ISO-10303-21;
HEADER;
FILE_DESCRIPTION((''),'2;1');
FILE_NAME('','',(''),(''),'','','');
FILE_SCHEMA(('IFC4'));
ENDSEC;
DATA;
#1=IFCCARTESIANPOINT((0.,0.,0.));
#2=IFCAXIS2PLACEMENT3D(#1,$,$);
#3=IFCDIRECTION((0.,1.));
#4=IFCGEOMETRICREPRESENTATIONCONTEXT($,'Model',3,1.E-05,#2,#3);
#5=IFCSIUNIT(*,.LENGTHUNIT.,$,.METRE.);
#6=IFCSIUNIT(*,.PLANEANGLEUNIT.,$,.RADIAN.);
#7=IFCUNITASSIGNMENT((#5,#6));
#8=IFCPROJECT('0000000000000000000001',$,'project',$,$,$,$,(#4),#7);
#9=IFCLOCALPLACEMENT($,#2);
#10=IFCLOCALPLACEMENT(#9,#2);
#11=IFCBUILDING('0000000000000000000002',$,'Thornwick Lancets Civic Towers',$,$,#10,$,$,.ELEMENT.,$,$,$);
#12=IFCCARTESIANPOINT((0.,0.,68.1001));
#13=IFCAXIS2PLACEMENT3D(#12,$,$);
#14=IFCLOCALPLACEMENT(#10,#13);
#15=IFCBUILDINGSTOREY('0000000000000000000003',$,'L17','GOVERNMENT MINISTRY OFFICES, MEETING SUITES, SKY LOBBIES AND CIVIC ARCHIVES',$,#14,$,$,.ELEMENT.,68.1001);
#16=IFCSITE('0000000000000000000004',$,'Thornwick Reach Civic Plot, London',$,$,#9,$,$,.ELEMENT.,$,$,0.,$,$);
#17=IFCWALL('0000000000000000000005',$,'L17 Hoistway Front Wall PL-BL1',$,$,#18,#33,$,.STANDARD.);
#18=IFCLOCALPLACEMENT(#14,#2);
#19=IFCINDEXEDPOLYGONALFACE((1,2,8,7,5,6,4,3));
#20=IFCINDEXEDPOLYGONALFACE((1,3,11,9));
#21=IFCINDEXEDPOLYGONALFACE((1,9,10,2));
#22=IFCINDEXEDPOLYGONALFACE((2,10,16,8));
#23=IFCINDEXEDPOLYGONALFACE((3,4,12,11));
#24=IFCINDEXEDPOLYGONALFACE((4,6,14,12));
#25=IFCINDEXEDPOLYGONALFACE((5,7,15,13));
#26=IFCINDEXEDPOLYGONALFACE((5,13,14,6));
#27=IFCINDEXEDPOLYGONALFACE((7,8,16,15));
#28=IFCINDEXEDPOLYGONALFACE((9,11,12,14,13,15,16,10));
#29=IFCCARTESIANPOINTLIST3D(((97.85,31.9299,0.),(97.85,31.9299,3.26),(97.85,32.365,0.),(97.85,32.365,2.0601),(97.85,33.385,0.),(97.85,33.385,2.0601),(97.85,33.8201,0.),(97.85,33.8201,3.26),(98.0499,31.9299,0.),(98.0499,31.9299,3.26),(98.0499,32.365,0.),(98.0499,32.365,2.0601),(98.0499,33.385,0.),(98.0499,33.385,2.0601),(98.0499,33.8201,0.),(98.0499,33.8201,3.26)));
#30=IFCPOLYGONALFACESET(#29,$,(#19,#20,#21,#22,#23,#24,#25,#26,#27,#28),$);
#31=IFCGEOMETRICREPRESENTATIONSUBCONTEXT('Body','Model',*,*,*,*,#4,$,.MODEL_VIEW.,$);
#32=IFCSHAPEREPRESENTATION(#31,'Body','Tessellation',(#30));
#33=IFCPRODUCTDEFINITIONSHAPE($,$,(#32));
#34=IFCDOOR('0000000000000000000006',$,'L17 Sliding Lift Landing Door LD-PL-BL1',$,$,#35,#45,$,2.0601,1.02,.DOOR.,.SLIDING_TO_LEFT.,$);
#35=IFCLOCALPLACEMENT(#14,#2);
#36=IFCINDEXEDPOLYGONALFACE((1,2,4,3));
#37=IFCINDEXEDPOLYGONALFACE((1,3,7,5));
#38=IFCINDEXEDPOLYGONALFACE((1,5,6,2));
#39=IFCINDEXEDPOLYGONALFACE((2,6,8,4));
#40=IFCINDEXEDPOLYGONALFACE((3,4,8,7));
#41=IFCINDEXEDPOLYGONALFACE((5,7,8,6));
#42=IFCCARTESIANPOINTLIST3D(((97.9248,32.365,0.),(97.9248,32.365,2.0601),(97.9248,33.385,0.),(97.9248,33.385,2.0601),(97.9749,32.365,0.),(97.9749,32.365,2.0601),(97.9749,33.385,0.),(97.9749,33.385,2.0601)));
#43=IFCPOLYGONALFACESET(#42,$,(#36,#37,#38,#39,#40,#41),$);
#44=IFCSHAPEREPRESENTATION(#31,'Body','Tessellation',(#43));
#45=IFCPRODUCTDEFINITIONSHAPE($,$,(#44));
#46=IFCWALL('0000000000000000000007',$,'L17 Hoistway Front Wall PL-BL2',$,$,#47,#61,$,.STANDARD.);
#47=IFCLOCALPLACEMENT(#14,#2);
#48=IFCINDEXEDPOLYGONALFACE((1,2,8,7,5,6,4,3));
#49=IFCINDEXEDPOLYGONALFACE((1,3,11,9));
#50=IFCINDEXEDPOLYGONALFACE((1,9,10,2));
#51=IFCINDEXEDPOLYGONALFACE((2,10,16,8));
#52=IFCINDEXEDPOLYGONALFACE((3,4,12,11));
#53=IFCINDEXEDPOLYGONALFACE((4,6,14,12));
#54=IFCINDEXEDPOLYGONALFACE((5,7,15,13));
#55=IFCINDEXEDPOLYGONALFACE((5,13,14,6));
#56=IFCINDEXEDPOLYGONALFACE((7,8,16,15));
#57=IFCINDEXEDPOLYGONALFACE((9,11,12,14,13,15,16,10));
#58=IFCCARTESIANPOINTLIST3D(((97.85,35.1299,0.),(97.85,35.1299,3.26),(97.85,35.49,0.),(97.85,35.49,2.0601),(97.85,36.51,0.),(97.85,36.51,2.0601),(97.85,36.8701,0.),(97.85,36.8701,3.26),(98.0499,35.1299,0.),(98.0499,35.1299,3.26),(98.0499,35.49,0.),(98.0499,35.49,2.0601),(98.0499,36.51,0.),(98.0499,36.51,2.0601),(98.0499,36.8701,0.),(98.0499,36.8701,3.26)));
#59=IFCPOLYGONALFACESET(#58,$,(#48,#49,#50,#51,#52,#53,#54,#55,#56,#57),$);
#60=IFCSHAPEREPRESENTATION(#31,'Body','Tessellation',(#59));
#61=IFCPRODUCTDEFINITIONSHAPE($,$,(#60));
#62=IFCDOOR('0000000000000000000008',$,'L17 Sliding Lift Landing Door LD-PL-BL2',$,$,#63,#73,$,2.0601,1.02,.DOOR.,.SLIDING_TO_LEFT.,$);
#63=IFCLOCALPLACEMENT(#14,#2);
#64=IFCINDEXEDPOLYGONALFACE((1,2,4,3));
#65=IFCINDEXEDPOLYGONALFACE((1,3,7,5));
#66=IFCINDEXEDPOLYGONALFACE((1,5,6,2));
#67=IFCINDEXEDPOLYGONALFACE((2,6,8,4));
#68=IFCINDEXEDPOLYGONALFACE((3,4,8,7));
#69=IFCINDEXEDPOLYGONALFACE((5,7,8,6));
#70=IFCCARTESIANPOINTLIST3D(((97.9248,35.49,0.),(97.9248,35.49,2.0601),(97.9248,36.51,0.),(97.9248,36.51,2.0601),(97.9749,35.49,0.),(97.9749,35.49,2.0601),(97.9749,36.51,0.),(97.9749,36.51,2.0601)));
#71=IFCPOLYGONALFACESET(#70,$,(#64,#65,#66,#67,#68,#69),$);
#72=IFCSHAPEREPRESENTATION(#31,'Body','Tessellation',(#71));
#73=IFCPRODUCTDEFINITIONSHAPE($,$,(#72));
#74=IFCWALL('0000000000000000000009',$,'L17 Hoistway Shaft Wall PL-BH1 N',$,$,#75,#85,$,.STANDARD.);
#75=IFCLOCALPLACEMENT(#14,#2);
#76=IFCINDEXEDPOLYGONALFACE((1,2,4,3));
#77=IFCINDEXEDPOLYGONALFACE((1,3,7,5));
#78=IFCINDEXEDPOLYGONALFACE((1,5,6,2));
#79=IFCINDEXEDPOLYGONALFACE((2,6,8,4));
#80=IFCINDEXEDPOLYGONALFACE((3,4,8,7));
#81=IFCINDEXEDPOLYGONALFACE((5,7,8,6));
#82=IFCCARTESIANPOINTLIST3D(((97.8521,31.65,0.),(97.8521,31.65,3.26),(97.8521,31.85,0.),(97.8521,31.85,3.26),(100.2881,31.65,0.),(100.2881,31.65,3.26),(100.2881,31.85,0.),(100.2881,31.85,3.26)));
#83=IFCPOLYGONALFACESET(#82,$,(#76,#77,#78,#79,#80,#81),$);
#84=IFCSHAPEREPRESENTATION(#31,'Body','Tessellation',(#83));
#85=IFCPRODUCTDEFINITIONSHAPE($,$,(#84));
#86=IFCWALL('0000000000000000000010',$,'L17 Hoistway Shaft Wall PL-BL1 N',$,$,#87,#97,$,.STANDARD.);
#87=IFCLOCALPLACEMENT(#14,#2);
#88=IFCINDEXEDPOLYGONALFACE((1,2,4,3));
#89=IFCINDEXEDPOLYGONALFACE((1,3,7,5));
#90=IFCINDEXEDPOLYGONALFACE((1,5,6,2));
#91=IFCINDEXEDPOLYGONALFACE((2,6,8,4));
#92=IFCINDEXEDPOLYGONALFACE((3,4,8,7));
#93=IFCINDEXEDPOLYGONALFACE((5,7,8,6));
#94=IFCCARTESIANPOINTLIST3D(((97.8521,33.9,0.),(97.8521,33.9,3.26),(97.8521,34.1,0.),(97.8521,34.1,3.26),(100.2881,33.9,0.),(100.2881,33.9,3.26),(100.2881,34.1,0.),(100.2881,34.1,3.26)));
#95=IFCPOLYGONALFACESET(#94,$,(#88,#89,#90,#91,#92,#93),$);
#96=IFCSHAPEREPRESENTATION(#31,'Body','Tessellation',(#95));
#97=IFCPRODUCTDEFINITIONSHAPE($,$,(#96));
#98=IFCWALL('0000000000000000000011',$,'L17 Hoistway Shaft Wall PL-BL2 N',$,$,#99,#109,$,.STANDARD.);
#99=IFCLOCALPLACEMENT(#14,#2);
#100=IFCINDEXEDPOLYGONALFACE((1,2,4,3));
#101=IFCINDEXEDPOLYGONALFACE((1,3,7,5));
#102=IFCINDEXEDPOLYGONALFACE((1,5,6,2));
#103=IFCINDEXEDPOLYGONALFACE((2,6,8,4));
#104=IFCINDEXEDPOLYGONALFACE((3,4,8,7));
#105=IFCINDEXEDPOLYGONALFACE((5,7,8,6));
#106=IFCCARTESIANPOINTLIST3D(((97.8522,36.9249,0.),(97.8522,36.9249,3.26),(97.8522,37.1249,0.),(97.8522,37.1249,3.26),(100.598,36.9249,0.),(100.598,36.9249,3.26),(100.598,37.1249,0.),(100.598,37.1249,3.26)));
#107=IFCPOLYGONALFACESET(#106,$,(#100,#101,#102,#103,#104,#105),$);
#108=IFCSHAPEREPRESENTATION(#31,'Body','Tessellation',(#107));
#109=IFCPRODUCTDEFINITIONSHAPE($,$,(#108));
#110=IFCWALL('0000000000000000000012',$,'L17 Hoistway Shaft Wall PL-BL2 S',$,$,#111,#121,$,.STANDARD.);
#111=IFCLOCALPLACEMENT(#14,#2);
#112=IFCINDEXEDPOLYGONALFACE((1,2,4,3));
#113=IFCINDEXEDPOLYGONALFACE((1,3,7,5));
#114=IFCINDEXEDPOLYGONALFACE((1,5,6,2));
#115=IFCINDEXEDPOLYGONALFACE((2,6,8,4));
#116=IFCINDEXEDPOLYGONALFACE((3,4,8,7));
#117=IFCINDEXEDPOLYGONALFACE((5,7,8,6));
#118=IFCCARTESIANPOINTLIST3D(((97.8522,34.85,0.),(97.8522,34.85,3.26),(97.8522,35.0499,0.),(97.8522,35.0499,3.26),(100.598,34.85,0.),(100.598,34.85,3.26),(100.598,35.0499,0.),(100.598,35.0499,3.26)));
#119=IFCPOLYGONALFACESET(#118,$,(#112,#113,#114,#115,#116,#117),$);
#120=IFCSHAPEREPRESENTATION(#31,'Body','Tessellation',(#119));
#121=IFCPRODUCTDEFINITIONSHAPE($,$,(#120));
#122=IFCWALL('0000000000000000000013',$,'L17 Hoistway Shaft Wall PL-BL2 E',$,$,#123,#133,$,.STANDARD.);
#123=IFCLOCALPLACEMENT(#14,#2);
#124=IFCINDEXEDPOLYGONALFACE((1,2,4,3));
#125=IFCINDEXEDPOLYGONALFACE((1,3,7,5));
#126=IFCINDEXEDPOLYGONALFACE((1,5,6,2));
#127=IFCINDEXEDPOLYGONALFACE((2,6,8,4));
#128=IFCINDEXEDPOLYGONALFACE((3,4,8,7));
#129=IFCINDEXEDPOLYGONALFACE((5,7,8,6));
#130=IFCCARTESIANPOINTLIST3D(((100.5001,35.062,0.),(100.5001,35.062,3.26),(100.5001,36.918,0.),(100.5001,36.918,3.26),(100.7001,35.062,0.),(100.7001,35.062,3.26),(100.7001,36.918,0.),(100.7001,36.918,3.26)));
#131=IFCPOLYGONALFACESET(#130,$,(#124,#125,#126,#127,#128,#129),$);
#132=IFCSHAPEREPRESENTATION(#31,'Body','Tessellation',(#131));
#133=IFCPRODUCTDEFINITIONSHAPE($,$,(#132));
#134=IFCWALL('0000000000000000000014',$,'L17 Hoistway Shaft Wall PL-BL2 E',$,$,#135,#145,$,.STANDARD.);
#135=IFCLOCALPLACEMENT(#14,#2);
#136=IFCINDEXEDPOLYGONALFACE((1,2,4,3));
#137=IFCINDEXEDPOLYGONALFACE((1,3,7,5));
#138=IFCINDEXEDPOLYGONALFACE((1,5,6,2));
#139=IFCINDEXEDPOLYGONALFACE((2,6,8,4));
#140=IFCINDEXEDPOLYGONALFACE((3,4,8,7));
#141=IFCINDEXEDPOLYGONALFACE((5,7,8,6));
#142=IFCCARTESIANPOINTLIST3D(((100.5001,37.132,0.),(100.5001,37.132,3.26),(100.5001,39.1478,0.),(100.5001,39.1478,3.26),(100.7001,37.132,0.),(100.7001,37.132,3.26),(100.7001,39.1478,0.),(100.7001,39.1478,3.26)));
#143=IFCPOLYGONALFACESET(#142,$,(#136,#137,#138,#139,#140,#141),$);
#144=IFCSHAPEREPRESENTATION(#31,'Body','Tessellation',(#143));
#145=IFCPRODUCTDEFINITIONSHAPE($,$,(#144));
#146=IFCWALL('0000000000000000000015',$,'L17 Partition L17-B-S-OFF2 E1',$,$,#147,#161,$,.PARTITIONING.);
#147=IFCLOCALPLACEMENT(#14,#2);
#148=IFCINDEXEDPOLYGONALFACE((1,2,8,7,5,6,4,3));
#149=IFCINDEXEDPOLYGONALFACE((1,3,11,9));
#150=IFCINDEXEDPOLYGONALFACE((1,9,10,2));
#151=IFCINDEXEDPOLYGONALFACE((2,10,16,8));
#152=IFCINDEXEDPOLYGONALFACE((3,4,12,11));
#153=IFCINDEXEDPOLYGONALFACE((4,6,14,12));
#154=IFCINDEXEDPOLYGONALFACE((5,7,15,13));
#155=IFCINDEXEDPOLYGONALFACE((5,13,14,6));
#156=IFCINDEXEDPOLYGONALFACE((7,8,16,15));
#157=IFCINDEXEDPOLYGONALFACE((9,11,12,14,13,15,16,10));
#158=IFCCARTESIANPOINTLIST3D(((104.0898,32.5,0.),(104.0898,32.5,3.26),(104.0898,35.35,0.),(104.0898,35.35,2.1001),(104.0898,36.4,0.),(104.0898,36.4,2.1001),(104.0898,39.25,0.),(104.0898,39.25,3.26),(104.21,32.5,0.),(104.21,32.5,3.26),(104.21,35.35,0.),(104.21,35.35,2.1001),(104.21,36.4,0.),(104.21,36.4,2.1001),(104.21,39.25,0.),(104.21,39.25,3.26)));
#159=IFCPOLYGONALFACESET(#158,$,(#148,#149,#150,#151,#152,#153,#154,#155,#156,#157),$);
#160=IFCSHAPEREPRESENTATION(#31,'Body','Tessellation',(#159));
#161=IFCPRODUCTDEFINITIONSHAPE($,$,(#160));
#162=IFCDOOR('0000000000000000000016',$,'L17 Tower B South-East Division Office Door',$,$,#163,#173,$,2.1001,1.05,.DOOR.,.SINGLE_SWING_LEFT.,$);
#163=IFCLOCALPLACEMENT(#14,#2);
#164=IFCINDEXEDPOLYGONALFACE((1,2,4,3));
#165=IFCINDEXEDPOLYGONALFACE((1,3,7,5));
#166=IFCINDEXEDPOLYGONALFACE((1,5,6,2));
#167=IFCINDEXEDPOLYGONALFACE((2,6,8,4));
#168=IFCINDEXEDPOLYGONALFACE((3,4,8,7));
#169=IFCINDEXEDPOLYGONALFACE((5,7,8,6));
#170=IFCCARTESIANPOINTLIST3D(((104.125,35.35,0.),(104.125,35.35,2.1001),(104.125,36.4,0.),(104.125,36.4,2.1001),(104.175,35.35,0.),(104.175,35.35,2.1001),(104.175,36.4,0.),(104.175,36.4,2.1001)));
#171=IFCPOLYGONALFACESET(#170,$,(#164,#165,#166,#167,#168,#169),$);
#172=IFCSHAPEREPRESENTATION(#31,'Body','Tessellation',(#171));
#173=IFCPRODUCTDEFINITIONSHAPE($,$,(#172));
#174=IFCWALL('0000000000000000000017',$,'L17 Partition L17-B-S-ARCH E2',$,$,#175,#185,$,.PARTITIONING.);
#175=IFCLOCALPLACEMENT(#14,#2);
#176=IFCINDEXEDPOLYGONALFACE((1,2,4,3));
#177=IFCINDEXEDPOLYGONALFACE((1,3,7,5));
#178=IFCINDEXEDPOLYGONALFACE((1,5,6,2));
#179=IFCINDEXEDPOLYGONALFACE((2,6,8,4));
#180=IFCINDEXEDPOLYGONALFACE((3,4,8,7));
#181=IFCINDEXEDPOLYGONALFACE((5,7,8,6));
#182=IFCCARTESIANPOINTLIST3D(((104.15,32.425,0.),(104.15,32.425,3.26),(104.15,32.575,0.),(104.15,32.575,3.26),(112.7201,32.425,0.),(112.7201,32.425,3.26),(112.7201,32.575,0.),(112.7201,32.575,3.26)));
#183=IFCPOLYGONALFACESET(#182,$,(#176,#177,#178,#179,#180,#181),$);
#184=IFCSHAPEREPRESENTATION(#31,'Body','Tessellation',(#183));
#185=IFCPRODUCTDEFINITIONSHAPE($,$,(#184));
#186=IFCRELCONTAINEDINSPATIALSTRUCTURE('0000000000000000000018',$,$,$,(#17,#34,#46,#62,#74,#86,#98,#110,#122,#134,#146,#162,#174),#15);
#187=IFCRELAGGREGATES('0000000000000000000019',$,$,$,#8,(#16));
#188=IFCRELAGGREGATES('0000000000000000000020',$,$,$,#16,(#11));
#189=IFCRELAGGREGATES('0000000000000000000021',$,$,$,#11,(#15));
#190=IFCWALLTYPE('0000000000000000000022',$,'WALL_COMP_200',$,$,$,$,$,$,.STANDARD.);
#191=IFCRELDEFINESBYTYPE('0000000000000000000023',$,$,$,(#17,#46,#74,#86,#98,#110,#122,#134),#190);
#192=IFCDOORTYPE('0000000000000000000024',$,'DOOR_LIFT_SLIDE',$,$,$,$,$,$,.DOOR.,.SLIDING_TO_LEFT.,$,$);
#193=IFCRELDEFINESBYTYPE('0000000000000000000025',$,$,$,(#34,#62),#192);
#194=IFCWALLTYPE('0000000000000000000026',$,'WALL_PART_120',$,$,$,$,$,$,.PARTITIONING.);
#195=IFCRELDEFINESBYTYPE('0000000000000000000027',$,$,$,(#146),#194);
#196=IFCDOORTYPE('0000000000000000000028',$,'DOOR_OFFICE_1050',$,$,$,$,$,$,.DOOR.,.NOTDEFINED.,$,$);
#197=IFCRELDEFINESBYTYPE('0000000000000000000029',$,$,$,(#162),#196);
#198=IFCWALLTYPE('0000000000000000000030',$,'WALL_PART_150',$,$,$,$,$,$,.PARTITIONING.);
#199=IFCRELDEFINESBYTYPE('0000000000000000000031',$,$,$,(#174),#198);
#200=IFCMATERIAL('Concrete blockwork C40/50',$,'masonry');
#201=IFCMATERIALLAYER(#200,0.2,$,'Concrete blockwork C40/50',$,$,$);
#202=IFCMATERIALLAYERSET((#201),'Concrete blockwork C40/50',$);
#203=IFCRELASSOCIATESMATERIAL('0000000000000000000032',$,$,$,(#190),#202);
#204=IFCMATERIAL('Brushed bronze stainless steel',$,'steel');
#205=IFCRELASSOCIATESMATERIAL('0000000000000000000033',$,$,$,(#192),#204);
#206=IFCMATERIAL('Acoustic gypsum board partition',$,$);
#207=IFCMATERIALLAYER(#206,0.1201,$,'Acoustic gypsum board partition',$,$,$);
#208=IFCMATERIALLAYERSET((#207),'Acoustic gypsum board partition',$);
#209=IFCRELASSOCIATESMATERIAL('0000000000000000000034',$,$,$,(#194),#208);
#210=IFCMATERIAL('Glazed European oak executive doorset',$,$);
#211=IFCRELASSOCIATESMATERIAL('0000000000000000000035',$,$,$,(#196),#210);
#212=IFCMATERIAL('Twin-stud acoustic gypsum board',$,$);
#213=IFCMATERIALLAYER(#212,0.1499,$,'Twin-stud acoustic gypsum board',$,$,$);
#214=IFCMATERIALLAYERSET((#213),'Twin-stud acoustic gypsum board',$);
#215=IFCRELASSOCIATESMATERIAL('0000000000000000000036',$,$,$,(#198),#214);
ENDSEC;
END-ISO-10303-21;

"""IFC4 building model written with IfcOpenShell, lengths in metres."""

from ifc_helpers import new_model, si_unit, direction, frame, frame_2d, origin, place, context, subcontext, project, spatial, rectangle, extrude, material, layer, layer_set, type_object, element, fill, save


model = new_model("IFC4")

# Units and contexts
model_context = context("Model", 3, precision=1e-05, world=origin(), true_north=direction((0.0, 1.0)))
body_context = subcontext(model_context, "Body", "Model", "MODEL_VIEW")
ifc_project = project(units=[si_unit("LENGTHUNIT", "METRE"), si_unit("PLANEANGLEUNIT", "RADIAN")], contexts=[model_context])

# Site, building, storey
site_placement = place(None, origin())
site = spatial("IfcSite", under=ifc_project, at=site_placement, Name="Thornwick Reach Civic Plot, London", CompositionType="ELEMENT", RefElevation=0.0)
building_placement = place(site_placement, origin())
building = spatial("IfcBuilding", under=site, at=building_placement, Name="Thornwick Lancets Civic Towers", CompositionType="ELEMENT")
storey_placement = place(building_placement, frame((0.0, 0.0, 68.1001)))
storey = spatial("IfcBuildingStorey", under=building, at=storey_placement, Name="L17", Description="GOVERNMENT MINISTRY OFFICES, MEETING SUITES, SKY LOBBIES AND CIVIC ARCHIVES", CompositionType="ELEMENT", Elevation=68.1001)

# Shared definitions
ifc_material_1 = material(Name="Concrete blockwork C40/50", Category="masonry")
ifc_layer_1 = layer(ifc_material_1, 0.2, Name="Concrete blockwork C40/50")
ifc_layer_set_1 = layer_set([ifc_layer_1], Name="Concrete blockwork C40/50")
wall_type_1 = type_object("IfcWallType", Name="WALL_COMP_200", PredefinedType="STANDARD", material=ifc_layer_set_1)
ifc_material_2 = material(Name="Brushed bronze stainless steel", Category="steel")
door_type_1 = type_object("IfcDoorType", Name="DOOR_LIFT_SLIDE", OperationType="SLIDING_TO_LEFT", PredefinedType="DOOR", material=ifc_material_2)

# Walls, openings, doors
wall_1_placement = place(storey_placement, frame((97.95, 33.8201, 0.0), z_axis=(0.0, 0.0, 1.0), x_axis=(0.0, -1.0, 0.0)))
wall_1 = element("IfcWall", 1, at=wall_1_placement, inside=storey, type_object=wall_type_1, Name="L17 Hoistway Front Wall PL-BL1", PredefinedType="STANDARD", context=body_context, shape_type="SweptSolid", body=[
    extrude(rectangle(XDim=1.8901, YDim=0.2, at=frame_2d((0.9451, 0.0))), origin(), (0.0, 0.0, 1.0), 3.26),
])
opening_1_placement = place(wall_1_placement, frame((0.4351, 0.0, 0.0)))
opening_1 = element("IfcOpeningElement", 2, at=opening_1_placement, cuts=wall_1, PredefinedType="OPENING", context=body_context, shape_type="SweptSolid", body=[
    extrude(rectangle(XDim=1.02, YDim=2.0601, at=frame_2d((0.51, 1.03))), frame((0.0, 0.1099, 0.0), z_axis=(0.0, -1.0, 0.0), x_axis=(1.0, 0.0, 0.0)), (0.0, 0.0, 1.0), 0.22),
])
door_1_placement = place(opening_1_placement, origin())
door_1 = element("IfcDoor", 3, at=door_1_placement, inside=storey, type_object=door_type_1, Name="L17 Sliding Lift Landing Door LD-PL-BL1", OperationType="SLIDING_TO_LEFT", OverallHeight=2.0601, OverallWidth=1.02, PredefinedType="DOOR", context=body_context, shape_type="SweptSolid", body=[
    extrude(rectangle(XDim=1.02, YDim=2.0601, at=frame_2d((0.51, 1.03))), frame((0.0, 0.0249, 0.0), z_axis=(0.0, -1.0, 0.0), x_axis=(1.0, 0.0, 0.0)), (0.0, 0.0, 1.0), 0.05),
])
fill(opening_1, door_1)
wall_2_placement = place(storey_placement, frame((97.95, 36.8701, 0.0), z_axis=(0.0, 0.0, 1.0), x_axis=(0.0, -1.0, 0.0)))
wall_2 = element("IfcWall", 4, at=wall_2_placement, inside=storey, type_object=wall_type_1, Name="L17 Hoistway Front Wall PL-BL2", PredefinedType="STANDARD", context=body_context, shape_type="SweptSolid", body=[
    extrude(rectangle(XDim=1.7402, YDim=0.2, at=frame_2d((0.8701, 0.0))), origin(), (0.0, 0.0, 1.0), 3.26),
])
opening_2_placement = place(wall_2_placement, frame((0.3601, 0.0, 0.0)))
opening_2 = element("IfcOpeningElement", 5, at=opening_2_placement, cuts=wall_2, PredefinedType="OPENING", context=body_context, shape_type="SweptSolid", body=[
    extrude(rectangle(XDim=1.02, YDim=2.0601, at=frame_2d((0.51, 1.03))), frame((0.0, 0.1099, 0.0), z_axis=(0.0, -1.0, 0.0), x_axis=(1.0, 0.0, 0.0)), (0.0, 0.0, 1.0), 0.22),
])
door_2_placement = place(opening_2_placement, origin())
door_2 = element("IfcDoor", 6, at=door_2_placement, inside=storey, type_object=door_type_1, Name="L17 Sliding Lift Landing Door LD-PL-BL2", OperationType="SLIDING_TO_LEFT", OverallHeight=2.0601, OverallWidth=1.02, PredefinedType="DOOR", context=body_context, shape_type="SweptSolid", body=[
    extrude(rectangle(XDim=1.02, YDim=2.0601, at=frame_2d((0.51, 1.03))), frame((0.0, 0.0249, 0.0), z_axis=(0.0, -1.0, 0.0), x_axis=(1.0, 0.0, 0.0)), (0.0, 0.0, 1.0), 0.05),
])
fill(opening_2, door_2)

# Walls
for number, where, z_axis, x_axis, name in (
    (7, (97.8521, 31.75, 0.0), (0.0, 0.0, 1.0), (1.0, 0.0, 0.0), "L17 Hoistway Shaft Wall PL-BH1 N"),
    (8, (97.8521, 34.0, 0.0), (0.0, 0.0, 1.0), (1.0, 0.0, 0.0), "L17 Hoistway Shaft Wall PL-BL1 N"),
):
    element("IfcWall", number, at=place(storey_placement, frame(where, z_axis=z_axis, x_axis=x_axis)), inside=storey, type_object=wall_type_1, Name=name, PredefinedType="STANDARD", context=body_context, shape_type="SweptSolid", body=[
        extrude(rectangle(XDim=2.436, YDim=0.2, at=frame_2d((1.218, 0.0))), origin(), (0.0, 0.0, 1.0), 3.26),
    ])
for number, where, z_axis, x_axis, name in (
    (9, (97.8521, 37.0249, 0.0), (0.0, 0.0, 1.0), (1.0, 0.0, 0.0), "L17 Hoistway Shaft Wall PL-BL2 N"),
    (10, (97.8521, 34.95, 0.0), (0.0, 0.0, 1.0), (1.0, 0.0, 0.0), "L17 Hoistway Shaft Wall PL-BL2 S"),
):
    element("IfcWall", number, at=place(storey_placement, frame(where, z_axis=z_axis, x_axis=x_axis)), inside=storey, type_object=wall_type_1, Name=name, PredefinedType="STANDARD", context=body_context, shape_type="SweptSolid", body=[
        extrude(rectangle(XDim=2.7458, YDim=0.2, at=frame_2d((1.373, 0.0))), origin(), (0.0, 0.0, 1.0), 3.26),
    ])
wall_3_placement = place(storey_placement, frame((100.6001, 35.062, 0.0), z_axis=(0.0, 0.0, 1.0), x_axis=(0.0, 1.0, 0.0)))
element("IfcWall", 11, at=wall_3_placement, inside=storey, type_object=wall_type_1, Name="L17 Hoistway Shaft Wall PL-BL2 E", PredefinedType="STANDARD", context=body_context, shape_type="SweptSolid", body=[
    extrude(rectangle(XDim=1.856, YDim=0.2, at=frame_2d((0.928, 0.0))), origin(), (0.0, 0.0, 1.0), 3.26),
])
wall_4_placement = place(storey_placement, frame((100.6001, 37.1321, 0.0), z_axis=(0.0, 0.0, 1.0), x_axis=(0.0, 1.0, 0.0)))
element("IfcWall", 12, at=wall_4_placement, inside=storey, type_object=wall_type_1, Name="L17 Hoistway Shaft Wall PL-BL2 E", PredefinedType="STANDARD", context=body_context, shape_type="SweptSolid", body=[
    extrude(rectangle(XDim=2.0159, YDim=0.2, at=frame_2d((1.0078, 0.0))), origin(), (0.0, 0.0, 1.0), 3.26),
])

# Wall, opening, door
ifc_material_3 = material(Name="Acoustic gypsum board partition")
ifc_layer_2 = layer(ifc_material_3, 0.1201, Name="Acoustic gypsum board partition")
ifc_layer_set_2 = layer_set([ifc_layer_2], Name="Acoustic gypsum board partition")
wall_type_2 = type_object("IfcWallType", Name="WALL_PART_120", PredefinedType="PARTITIONING", material=ifc_layer_set_2)
wall_5_placement = place(storey_placement, frame((104.1499, 32.5, 0.0), z_axis=(0.0, 0.0, 1.0), x_axis=(0.0, 1.0, 0.0)))
wall_5 = element("IfcWall", 13, at=wall_5_placement, inside=storey, type_object=wall_type_2, Name="L17 Partition L17-B-S-OFF2 E1", PredefinedType="PARTITIONING", context=body_context, shape_type="SweptSolid", body=[
    extrude(rectangle(XDim=6.75, YDim=0.1201, at=frame_2d((3.375, 0.0))), origin(), (0.0, 0.0, 1.0), 3.26),
])
opening_3_placement = place(wall_5_placement, frame((2.8501, 0.0, 0.0)))
opening_3 = element("IfcOpeningElement", 14, at=opening_3_placement, cuts=wall_5, PredefinedType="OPENING", context=body_context, shape_type="SweptSolid", body=[
    extrude(rectangle(XDim=1.05, YDim=2.1001, at=frame_2d((0.5249, 1.05))), frame((0.0, 0.0701, 0.0), z_axis=(0.0, -1.0, 0.0), x_axis=(1.0, 0.0, 0.0)), (0.0, 0.0, 1.0), 0.1401),
])
ifc_material_4 = material(Name="Glazed European oak executive doorset")
door_type_2 = type_object("IfcDoorType", Name="DOOR_OFFICE_1050", OperationType="NOTDEFINED", PredefinedType="DOOR", material=ifc_material_4)
door_3_placement = place(opening_3_placement, origin())
door_3 = element("IfcDoor", 15, at=door_3_placement, inside=storey, type_object=door_type_2, Name="L17 Tower B South-East Division Office Door", OperationType="SINGLE_SWING_LEFT", OverallHeight=2.1001, OverallWidth=1.05, PredefinedType="DOOR", context=body_context, shape_type="SweptSolid", body=[
    extrude(rectangle(XDim=1.05, YDim=2.1001, at=frame_2d((0.5249, 1.05))), frame((0.0, 0.0249, 0.0), z_axis=(0.0, -1.0, 0.0), x_axis=(1.0, 0.0, 0.0)), (0.0, 0.0, 1.0), 0.05),
])
fill(opening_3, door_3)

# Wall
ifc_material_5 = material(Name="Twin-stud acoustic gypsum board")
ifc_layer_3 = layer(ifc_material_5, 0.1499, Name="Twin-stud acoustic gypsum board")
ifc_layer_set_3 = layer_set([ifc_layer_3], Name="Twin-stud acoustic gypsum board")
wall_type_3 = type_object("IfcWallType", Name="WALL_PART_150", PredefinedType="PARTITIONING", material=ifc_layer_set_3)
wall_6_placement = place(storey_placement, frame((104.1499, 32.5, 0.0), z_axis=(0.0, 0.0, 1.0), x_axis=(1.0, 0.0, 0.0)))
element("IfcWall", 16, at=wall_6_placement, inside=storey, type_object=wall_type_3, Name="L17 Partition L17-B-S-ARCH E2", PredefinedType="PARTITIONING", context=body_context, shape_type="SweptSolid", body=[
    extrude(rectangle(XDim=8.5701, YDim=0.1499, at=frame_2d((4.2852, 0.0))), origin(), (0.0, 0.0, 1.0), 3.26),
])

save(model, "model.ifc")
